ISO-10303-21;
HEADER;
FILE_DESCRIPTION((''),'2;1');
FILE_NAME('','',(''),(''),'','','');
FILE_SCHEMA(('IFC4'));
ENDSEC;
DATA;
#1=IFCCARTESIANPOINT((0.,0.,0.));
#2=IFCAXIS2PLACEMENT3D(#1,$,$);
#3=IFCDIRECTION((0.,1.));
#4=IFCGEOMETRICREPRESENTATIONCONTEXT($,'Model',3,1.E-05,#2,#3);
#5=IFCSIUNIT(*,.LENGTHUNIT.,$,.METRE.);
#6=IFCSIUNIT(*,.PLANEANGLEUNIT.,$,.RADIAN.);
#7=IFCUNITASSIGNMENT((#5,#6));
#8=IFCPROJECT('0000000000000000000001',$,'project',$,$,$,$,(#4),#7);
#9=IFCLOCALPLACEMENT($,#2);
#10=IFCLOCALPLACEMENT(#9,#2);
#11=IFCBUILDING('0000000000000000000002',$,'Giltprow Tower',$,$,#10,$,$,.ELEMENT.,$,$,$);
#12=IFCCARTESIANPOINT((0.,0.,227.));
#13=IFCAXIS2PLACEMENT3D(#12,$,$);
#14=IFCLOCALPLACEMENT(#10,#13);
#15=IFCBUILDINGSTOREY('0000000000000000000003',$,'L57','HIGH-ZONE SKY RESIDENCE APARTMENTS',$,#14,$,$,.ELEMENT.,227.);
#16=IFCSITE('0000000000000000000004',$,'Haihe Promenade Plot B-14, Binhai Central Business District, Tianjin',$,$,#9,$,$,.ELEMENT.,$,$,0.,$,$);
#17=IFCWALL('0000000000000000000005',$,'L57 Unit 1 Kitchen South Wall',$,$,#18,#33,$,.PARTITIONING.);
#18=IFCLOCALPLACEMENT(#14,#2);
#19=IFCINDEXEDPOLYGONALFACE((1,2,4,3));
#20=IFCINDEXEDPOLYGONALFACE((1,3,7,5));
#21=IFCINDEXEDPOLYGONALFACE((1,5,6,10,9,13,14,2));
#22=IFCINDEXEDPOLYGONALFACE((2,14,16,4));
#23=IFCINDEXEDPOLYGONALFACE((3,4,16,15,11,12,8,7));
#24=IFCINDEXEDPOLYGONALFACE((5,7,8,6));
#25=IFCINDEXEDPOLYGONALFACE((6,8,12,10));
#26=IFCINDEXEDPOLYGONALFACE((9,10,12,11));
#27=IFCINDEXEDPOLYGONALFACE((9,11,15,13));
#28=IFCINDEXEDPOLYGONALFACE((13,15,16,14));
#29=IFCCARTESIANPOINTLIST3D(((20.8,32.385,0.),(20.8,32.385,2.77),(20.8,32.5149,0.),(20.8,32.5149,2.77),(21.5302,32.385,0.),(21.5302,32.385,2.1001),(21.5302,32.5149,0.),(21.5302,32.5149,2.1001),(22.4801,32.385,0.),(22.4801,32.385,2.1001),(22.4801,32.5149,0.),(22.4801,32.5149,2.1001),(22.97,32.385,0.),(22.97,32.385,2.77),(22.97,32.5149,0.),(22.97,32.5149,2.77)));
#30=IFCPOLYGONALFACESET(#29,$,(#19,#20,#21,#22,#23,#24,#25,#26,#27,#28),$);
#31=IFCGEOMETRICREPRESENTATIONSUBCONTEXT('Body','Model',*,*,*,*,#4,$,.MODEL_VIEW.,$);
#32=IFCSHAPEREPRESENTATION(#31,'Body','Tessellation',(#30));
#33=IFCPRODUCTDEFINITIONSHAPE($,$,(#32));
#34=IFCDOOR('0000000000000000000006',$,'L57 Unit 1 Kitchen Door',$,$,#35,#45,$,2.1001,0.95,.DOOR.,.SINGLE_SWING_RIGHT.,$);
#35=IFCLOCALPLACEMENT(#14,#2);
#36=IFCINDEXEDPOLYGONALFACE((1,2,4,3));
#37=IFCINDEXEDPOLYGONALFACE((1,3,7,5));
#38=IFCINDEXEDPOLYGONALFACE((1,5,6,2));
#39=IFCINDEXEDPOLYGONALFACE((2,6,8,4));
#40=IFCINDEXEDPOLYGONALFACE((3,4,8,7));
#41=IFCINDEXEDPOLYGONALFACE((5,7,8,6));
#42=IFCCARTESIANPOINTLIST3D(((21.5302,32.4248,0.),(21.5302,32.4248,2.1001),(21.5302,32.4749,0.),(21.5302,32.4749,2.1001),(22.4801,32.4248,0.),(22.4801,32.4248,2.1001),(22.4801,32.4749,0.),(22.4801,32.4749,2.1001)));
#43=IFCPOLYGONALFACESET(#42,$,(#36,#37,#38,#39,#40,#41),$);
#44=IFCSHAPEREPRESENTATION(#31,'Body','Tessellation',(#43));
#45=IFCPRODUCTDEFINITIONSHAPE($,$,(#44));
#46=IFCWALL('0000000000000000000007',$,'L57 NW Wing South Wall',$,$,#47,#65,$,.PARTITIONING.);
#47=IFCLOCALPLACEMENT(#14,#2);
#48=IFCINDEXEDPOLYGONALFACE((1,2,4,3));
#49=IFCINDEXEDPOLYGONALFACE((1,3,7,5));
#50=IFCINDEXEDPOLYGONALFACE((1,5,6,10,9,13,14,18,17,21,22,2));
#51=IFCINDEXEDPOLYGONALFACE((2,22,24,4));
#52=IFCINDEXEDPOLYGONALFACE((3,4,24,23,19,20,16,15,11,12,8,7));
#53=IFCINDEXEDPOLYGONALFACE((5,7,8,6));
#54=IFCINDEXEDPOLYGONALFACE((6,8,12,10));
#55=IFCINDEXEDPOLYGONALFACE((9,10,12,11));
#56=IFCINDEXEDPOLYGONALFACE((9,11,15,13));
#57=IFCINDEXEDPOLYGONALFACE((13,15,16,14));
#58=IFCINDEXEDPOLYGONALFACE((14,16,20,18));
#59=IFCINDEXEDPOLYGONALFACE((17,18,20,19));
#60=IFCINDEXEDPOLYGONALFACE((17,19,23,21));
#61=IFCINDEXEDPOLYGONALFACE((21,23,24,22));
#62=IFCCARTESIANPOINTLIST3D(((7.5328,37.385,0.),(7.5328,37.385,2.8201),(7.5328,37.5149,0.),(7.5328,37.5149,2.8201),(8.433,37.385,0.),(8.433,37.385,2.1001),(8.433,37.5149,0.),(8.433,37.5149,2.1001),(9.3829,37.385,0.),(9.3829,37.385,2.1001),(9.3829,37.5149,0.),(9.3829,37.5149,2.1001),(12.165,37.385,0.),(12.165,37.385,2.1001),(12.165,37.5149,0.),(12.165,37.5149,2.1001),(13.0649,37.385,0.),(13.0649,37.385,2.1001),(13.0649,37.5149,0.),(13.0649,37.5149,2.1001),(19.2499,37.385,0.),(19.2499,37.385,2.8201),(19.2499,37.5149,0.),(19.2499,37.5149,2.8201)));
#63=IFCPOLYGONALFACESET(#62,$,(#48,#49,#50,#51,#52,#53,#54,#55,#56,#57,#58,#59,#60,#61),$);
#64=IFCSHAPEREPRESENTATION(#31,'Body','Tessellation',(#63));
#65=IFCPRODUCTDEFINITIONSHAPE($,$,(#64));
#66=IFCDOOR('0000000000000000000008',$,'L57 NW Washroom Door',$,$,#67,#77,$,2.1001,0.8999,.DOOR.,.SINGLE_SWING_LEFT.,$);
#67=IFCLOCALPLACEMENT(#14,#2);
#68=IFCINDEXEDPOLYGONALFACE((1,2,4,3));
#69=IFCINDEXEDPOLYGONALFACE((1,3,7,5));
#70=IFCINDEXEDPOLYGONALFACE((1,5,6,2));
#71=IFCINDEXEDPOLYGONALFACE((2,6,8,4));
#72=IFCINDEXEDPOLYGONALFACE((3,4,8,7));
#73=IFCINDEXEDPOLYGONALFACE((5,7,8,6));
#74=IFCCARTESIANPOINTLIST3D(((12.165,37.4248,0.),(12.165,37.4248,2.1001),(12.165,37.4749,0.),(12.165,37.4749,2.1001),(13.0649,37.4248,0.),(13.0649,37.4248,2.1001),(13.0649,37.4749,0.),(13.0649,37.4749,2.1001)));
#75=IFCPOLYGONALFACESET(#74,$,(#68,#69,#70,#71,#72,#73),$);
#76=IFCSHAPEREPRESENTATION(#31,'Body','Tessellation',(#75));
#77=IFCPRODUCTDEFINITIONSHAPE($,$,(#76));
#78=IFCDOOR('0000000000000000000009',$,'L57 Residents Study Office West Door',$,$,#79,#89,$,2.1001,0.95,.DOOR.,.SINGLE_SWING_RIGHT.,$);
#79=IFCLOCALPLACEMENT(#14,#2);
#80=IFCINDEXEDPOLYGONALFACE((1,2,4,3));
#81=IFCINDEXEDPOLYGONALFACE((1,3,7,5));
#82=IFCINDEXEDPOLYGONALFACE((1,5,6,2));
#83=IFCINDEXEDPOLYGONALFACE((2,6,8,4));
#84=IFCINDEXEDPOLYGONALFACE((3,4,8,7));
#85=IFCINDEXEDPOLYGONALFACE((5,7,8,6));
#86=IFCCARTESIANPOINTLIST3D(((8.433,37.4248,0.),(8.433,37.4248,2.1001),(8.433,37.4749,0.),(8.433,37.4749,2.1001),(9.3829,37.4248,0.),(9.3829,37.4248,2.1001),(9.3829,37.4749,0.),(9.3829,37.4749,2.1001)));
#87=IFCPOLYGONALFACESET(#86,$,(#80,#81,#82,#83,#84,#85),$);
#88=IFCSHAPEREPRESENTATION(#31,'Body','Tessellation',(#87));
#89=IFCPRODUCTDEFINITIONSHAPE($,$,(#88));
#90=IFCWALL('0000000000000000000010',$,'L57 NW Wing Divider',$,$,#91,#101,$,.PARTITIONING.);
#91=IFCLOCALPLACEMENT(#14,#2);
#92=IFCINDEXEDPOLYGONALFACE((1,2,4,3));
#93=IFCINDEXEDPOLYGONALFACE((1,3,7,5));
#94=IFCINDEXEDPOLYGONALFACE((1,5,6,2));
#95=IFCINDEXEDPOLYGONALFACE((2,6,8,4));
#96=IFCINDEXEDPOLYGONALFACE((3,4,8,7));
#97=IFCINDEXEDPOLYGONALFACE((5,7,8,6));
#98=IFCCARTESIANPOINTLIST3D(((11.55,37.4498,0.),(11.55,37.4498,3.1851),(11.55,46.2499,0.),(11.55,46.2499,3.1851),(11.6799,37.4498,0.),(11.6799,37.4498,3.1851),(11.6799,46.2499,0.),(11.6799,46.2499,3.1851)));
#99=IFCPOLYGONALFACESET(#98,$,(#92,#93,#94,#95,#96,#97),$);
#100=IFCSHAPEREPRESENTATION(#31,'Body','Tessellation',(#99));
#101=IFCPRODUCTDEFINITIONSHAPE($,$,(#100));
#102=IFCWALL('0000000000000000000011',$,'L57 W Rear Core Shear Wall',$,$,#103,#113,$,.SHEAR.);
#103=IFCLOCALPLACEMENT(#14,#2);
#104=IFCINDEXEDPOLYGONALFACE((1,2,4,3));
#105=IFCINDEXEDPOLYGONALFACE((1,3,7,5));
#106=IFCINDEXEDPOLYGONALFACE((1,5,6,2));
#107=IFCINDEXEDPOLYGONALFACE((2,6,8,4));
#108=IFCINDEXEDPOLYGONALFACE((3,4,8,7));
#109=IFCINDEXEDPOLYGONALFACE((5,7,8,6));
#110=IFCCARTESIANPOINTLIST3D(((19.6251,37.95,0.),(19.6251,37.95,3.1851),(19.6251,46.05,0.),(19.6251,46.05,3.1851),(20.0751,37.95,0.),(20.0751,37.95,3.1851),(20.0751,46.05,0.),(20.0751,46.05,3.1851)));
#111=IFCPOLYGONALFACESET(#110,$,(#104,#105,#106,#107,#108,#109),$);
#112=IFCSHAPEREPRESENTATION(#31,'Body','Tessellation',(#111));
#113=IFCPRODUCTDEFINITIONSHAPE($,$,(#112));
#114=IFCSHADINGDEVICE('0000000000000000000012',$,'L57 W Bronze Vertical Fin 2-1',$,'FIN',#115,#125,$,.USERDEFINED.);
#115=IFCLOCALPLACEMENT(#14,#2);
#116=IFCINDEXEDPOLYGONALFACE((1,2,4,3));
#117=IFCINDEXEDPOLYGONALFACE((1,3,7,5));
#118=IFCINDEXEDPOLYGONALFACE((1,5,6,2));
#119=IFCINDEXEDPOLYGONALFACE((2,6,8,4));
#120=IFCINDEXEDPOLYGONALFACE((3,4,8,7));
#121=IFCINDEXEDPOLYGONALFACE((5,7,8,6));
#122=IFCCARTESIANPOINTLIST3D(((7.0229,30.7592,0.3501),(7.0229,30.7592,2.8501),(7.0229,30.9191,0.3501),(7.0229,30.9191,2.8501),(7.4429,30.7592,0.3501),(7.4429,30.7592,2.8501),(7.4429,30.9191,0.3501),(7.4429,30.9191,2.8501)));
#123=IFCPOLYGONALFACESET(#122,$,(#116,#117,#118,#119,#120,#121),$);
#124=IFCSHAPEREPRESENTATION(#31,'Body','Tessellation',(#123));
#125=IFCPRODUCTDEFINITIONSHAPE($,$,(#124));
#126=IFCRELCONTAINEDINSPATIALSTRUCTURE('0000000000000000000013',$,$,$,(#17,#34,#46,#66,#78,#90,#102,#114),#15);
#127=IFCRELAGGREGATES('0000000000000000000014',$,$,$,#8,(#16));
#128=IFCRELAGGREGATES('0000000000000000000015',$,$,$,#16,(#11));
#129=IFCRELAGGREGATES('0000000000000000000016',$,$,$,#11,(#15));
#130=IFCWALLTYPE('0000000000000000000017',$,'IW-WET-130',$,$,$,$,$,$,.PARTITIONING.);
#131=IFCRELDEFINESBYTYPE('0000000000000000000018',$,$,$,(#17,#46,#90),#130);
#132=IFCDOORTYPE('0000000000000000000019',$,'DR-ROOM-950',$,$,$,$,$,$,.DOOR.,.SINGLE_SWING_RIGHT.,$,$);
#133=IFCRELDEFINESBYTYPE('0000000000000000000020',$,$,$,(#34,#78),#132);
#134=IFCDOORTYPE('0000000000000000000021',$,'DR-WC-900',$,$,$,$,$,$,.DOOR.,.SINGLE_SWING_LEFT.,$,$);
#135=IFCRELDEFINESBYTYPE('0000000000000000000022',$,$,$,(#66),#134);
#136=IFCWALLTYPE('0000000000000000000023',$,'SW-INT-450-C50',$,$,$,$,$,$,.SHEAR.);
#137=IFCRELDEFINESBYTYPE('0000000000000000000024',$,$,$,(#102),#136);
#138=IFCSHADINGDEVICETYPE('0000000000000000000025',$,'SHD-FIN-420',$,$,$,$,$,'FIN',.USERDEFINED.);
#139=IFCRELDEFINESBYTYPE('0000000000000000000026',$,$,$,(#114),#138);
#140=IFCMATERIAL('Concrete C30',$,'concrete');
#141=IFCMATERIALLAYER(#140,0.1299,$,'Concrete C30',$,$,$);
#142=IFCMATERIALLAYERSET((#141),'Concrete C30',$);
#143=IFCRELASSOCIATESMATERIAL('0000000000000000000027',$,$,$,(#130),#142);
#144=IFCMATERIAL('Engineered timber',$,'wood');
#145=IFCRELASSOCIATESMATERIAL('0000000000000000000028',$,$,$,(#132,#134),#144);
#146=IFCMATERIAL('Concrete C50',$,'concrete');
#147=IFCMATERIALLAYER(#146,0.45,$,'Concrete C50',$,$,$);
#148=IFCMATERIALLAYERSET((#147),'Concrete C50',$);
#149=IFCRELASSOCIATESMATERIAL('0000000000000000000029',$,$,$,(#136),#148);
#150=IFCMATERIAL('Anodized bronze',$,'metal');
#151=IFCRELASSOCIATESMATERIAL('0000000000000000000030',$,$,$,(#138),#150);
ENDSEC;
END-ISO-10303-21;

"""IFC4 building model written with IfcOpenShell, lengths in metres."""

from ifc_helpers import new_model, si_unit, direction, frame, frame_2d, origin, origin_2d, place, context, subcontext, project, spatial, rectangle, extrude, source, transform, mapped, material, layer, layer_set, type_object, element, fill, save


model = new_model("IFC4")

# Units and contexts
model_context = context("Model", 3, precision=1e-05, world=origin(), true_north=direction((0.0, 1.0)))
body_context = subcontext(model_context, "Body", "Model", "MODEL_VIEW")
ifc_project = project(units=[si_unit("LENGTHUNIT", "METRE"), si_unit("PLANEANGLEUNIT", "RADIAN")], contexts=[model_context])

# Site, building, storey
site_placement = place(None, origin())
site = spatial("IfcSite", under=ifc_project, at=site_placement, Name="Haihe Promenade Plot B-14, Binhai Central Business District, Tianjin", CompositionType="ELEMENT", RefElevation=0.0)
building_placement = place(site_placement, origin())
building = spatial("IfcBuilding", under=site, at=building_placement, Name="Giltprow Tower", CompositionType="ELEMENT")
storey_placement = place(building_placement, frame((0.0, 0.0, 227.0)))
storey = spatial("IfcBuildingStorey", under=building, at=storey_placement, Name="L57", Description="HIGH-ZONE SKY RESIDENCE APARTMENTS", CompositionType="ELEMENT", Elevation=227.0)

# Shared definitions
ifc_material_1 = material(Name="Concrete C50", Category="concrete")

# Shared definitions
ifc_material_2 = material(Name="Engineered timber", Category="wood")

# Wall, opening, door
ifc_material_3 = material(Name="Concrete C30", Category="concrete")
ifc_layer_1 = layer(ifc_material_3, 0.1299, Name="Concrete C30")
ifc_layer_set_1 = layer_set([ifc_layer_1], Name="Concrete C30")
wall_type_1 = type_object("IfcWallType", Name="IW-WET-130", PredefinedType="PARTITIONING", material=ifc_layer_set_1)
wall_1_placement = place(storey_placement, frame((20.8, 32.45, 0.0), z_axis=(0.0, 0.0, 1.0), x_axis=(1.0, 0.0, 0.0)))
wall_1 = element("IfcWall", 1, at=wall_1_placement, inside=storey, type_object=wall_type_1, Name="L57 Unit 1 Kitchen South Wall", PredefinedType="PARTITIONING", context=body_context, shape_type="SweptSolid", body=[
    extrude(rectangle(XDim=2.1699, YDim=0.1299, at=frame_2d((1.085, 0.0))), origin(), (0.0, 0.0, 1.0), 2.77),
])
opening_1_placement = place(wall_1_placement, frame((0.73, 0.0, 0.0)))
opening_1 = element("IfcOpeningElement", 2, at=opening_1_placement, cuts=wall_1, PredefinedType="OPENING", context=body_context, shape_type="SweptSolid", body=[
    extrude(rectangle(XDim=0.95, YDim=2.1001, at=frame_2d((0.4751, 1.05))), frame((0.0, 0.075, 0.0), z_axis=(0.0, -1.0, 0.0), x_axis=(1.0, 0.0, 0.0)), (0.0, 0.0, 1.0), 0.1499),
])
door_type_1 = type_object("IfcDoorType", Name="DR-ROOM-950", OperationType="SINGLE_SWING_RIGHT", PredefinedType="DOOR", material=ifc_material_2)
shared_shape_1 = source(origin(), body_context, "Body", "SweptSolid", [
    extrude(rectangle(XDim=0.95, YDim=2.1001, at=frame_2d((0.4751, 1.05))), frame((0.0, 0.0249, 0.0), z_axis=(0.0, -1.0, 0.0), x_axis=(1.0, 0.0, 0.0)), (0.0, 0.0, 1.0), 0.05),
])
door_1_placement = place(opening_1_placement, origin())
door_1 = element("IfcDoor", 3, at=door_1_placement, inside=storey, type_object=door_type_1, Name="L57 Unit 1 Kitchen Door", OperationType="SINGLE_SWING_RIGHT", OverallHeight=2.1001, OverallWidth=0.95, PredefinedType="DOOR", context=body_context, shape_type="MappedRepresentation", body=[
    mapped(shared_shape_1, transform((0.0, 0.0, 0.0), x_axis=(1.0, 0.0, 0.0), y_axis=(0.0, 1.0, 0.0), z_axis=(0.0, 0.0, 1.0), scale=1.0)),
])
fill(opening_1, door_1)

# Wall, openings, doors
wall_2_placement = place(storey_placement, frame((7.533, 37.45, 0.0), z_axis=(0.0, 0.0, 1.0), x_axis=(1.0, 0.0, 0.0)))
wall_2 = element("IfcWall", 4, at=wall_2_placement, inside=storey, type_object=wall_type_1, Name="L57 NW Wing South Wall", PredefinedType="PARTITIONING", context=body_context, shape_type="SweptSolid", body=[
    extrude(rectangle(XDim=11.717, YDim=0.1299, at=frame_2d((5.8584, 0.0))), origin(), (0.0, 0.0, 1.0), 2.8201),
])
opening_2_placement = place(wall_2_placement, frame((0.8999, 0.0, 0.0)))
opening_2 = element("IfcOpeningElement", 5, at=opening_2_placement, cuts=wall_2, PredefinedType="OPENING", context=body_context, shape_type="SweptSolid", body=[
    extrude(rectangle(XDim=0.95, YDim=2.1001, at=frame_2d((0.4751, 1.05))), frame((0.0, 0.075, 0.0), z_axis=(0.0, -1.0, 0.0), x_axis=(1.0, 0.0, 0.0)), (0.0, 0.0, 1.0), 0.1499),
])
opening_3_placement = place(wall_2_placement, frame((4.6321, 0.0, 0.0)))
opening_3 = element("IfcOpeningElement", 6, at=opening_3_placement, cuts=wall_2, PredefinedType="OPENING", context=body_context, shape_type="SweptSolid", body=[
    extrude(rectangle(XDim=0.8999, YDim=2.1001, at=frame_2d((0.45, 1.05))), frame((0.0, 0.075, 0.0), z_axis=(0.0, -1.0, 0.0), x_axis=(1.0, 0.0, 0.0)), (0.0, 0.0, 1.0), 0.1499),
])
door_type_2 = type_object("IfcDoorType", Name="DR-WC-900", OperationType="SINGLE_SWING_LEFT", PredefinedType="DOOR", material=ifc_material_2)
shared_shape_2 = source(origin(), body_context, "Body", "SweptSolid", [
    extrude(rectangle(XDim=0.8999, YDim=2.1001, at=frame_2d((0.45, 1.05))), frame((0.0, 0.0249, 0.0), z_axis=(0.0, -1.0, 0.0), x_axis=(1.0, 0.0, 0.0)), (0.0, 0.0, 1.0), 0.05),
])
door_2_placement = place(opening_3_placement, origin())
door_2 = element("IfcDoor", 7, at=door_2_placement, inside=storey, type_object=door_type_2, Name="L57 NW Washroom Door", OperationType="SINGLE_SWING_LEFT", OverallHeight=2.1001, OverallWidth=0.8999, PredefinedType="DOOR", context=body_context, shape_type="MappedRepresentation", body=[
    mapped(shared_shape_2, transform((0.0, 0.0, 0.0), x_axis=(1.0, 0.0, 0.0), y_axis=(0.0, 1.0, 0.0), z_axis=(0.0, 0.0, 1.0), scale=1.0)),
])
fill(opening_3, door_2)
door_3_placement = place(opening_2_placement, origin())
door_3 = element("IfcDoor", 8, at=door_3_placement, inside=storey, type_object=door_type_1, Name="L57 Residents Study Office West Door", OperationType="SINGLE_SWING_RIGHT", OverallHeight=2.1001, OverallWidth=0.95, PredefinedType="DOOR", context=body_context, shape_type="MappedRepresentation", body=[
    mapped(shared_shape_1, transform((0.0, 0.0, 0.0), x_axis=(1.0, 0.0, 0.0), y_axis=(0.0, 1.0, 0.0), z_axis=(0.0, 0.0, 1.0), scale=1.0)),
])
fill(opening_2, door_3)

# Wall
wall_3_placement = place(storey_placement, frame((11.615, 37.45, 0.0), z_axis=(0.0, 0.0, 1.0), x_axis=(0.0, 1.0, 0.0)))
element("IfcWall", 9, at=wall_3_placement, inside=storey, type_object=wall_type_1, Name="L57 NW Wing Divider", PredefinedType="PARTITIONING", context=body_context, shape_type="SweptSolid", body=[
    extrude(rectangle(XDim=8.8, YDim=0.1299, at=frame_2d((4.3999, 0.0))), origin(), (0.0, 0.0, 1.0), 3.1851),
])

# Shared definitions
ifc_layer_2 = layer(ifc_material_1, 0.45, Name="Concrete C50")
ifc_layer_set_2 = layer_set([ifc_layer_2], Name="Concrete C50")
wall_type_2 = type_object("IfcWallType", Name="SW-INT-450-C50", PredefinedType="SHEAR", material=ifc_layer_set_2)

# Wall
wall_4_placement = place(storey_placement, frame((19.8501, 37.95, 0.0), z_axis=(0.0, 0.0, 1.0), x_axis=(0.0, 1.0, 0.0)))
element("IfcWall", 10, at=wall_4_placement, inside=storey, type_object=wall_type_2, Name="L57 W Rear Core Shear Wall", PredefinedType="SHEAR", context=body_context, shape_type="SweptSolid", body=[
    extrude(rectangle(XDim=8.1001, YDim=0.45, at=frame_2d((4.05, 0.0))), origin(), (0.0, 0.0, 1.0), 3.1851),
])

# Shading device
ifc_material_4 = material(Name="Anodized bronze", Category="metal")
shading_device_type = type_object("IfcShadingDeviceType", Name="SHD-FIN-420", ElementType="FIN", PredefinedType="USERDEFINED", material=ifc_material_4)
shared_shape_3 = source(origin(), body_context, "Body", "SweptSolid", [
    extrude(rectangle(XDim=0.4199, YDim=0.1599, at=origin_2d()), origin(), (0.0, 0.0, 1.0), 2.5),
])
shading_device_placement = place(storey_placement, frame((7.2329, 30.8391, 0.3501), z_axis=(0.0, 0.0, 1.0), x_axis=(1.0, 0.0, 0.0)))
element("IfcShadingDevice", 11, at=shading_device_placement, inside=storey, type_object=shading_device_type, Name="L57 W Bronze Vertical Fin 2-1", ObjectType="FIN", PredefinedType="USERDEFINED", context=body_context, shape_type="MappedRepresentation", body=[
    mapped(shared_shape_3, transform((0.0, 0.0, 0.0), x_axis=(1.0, 0.0, 0.0), y_axis=(0.0, 1.0, 0.0), z_axis=(0.0, 0.0, 1.0), scale=1.0)),
])

save(model, "model.ifc")
